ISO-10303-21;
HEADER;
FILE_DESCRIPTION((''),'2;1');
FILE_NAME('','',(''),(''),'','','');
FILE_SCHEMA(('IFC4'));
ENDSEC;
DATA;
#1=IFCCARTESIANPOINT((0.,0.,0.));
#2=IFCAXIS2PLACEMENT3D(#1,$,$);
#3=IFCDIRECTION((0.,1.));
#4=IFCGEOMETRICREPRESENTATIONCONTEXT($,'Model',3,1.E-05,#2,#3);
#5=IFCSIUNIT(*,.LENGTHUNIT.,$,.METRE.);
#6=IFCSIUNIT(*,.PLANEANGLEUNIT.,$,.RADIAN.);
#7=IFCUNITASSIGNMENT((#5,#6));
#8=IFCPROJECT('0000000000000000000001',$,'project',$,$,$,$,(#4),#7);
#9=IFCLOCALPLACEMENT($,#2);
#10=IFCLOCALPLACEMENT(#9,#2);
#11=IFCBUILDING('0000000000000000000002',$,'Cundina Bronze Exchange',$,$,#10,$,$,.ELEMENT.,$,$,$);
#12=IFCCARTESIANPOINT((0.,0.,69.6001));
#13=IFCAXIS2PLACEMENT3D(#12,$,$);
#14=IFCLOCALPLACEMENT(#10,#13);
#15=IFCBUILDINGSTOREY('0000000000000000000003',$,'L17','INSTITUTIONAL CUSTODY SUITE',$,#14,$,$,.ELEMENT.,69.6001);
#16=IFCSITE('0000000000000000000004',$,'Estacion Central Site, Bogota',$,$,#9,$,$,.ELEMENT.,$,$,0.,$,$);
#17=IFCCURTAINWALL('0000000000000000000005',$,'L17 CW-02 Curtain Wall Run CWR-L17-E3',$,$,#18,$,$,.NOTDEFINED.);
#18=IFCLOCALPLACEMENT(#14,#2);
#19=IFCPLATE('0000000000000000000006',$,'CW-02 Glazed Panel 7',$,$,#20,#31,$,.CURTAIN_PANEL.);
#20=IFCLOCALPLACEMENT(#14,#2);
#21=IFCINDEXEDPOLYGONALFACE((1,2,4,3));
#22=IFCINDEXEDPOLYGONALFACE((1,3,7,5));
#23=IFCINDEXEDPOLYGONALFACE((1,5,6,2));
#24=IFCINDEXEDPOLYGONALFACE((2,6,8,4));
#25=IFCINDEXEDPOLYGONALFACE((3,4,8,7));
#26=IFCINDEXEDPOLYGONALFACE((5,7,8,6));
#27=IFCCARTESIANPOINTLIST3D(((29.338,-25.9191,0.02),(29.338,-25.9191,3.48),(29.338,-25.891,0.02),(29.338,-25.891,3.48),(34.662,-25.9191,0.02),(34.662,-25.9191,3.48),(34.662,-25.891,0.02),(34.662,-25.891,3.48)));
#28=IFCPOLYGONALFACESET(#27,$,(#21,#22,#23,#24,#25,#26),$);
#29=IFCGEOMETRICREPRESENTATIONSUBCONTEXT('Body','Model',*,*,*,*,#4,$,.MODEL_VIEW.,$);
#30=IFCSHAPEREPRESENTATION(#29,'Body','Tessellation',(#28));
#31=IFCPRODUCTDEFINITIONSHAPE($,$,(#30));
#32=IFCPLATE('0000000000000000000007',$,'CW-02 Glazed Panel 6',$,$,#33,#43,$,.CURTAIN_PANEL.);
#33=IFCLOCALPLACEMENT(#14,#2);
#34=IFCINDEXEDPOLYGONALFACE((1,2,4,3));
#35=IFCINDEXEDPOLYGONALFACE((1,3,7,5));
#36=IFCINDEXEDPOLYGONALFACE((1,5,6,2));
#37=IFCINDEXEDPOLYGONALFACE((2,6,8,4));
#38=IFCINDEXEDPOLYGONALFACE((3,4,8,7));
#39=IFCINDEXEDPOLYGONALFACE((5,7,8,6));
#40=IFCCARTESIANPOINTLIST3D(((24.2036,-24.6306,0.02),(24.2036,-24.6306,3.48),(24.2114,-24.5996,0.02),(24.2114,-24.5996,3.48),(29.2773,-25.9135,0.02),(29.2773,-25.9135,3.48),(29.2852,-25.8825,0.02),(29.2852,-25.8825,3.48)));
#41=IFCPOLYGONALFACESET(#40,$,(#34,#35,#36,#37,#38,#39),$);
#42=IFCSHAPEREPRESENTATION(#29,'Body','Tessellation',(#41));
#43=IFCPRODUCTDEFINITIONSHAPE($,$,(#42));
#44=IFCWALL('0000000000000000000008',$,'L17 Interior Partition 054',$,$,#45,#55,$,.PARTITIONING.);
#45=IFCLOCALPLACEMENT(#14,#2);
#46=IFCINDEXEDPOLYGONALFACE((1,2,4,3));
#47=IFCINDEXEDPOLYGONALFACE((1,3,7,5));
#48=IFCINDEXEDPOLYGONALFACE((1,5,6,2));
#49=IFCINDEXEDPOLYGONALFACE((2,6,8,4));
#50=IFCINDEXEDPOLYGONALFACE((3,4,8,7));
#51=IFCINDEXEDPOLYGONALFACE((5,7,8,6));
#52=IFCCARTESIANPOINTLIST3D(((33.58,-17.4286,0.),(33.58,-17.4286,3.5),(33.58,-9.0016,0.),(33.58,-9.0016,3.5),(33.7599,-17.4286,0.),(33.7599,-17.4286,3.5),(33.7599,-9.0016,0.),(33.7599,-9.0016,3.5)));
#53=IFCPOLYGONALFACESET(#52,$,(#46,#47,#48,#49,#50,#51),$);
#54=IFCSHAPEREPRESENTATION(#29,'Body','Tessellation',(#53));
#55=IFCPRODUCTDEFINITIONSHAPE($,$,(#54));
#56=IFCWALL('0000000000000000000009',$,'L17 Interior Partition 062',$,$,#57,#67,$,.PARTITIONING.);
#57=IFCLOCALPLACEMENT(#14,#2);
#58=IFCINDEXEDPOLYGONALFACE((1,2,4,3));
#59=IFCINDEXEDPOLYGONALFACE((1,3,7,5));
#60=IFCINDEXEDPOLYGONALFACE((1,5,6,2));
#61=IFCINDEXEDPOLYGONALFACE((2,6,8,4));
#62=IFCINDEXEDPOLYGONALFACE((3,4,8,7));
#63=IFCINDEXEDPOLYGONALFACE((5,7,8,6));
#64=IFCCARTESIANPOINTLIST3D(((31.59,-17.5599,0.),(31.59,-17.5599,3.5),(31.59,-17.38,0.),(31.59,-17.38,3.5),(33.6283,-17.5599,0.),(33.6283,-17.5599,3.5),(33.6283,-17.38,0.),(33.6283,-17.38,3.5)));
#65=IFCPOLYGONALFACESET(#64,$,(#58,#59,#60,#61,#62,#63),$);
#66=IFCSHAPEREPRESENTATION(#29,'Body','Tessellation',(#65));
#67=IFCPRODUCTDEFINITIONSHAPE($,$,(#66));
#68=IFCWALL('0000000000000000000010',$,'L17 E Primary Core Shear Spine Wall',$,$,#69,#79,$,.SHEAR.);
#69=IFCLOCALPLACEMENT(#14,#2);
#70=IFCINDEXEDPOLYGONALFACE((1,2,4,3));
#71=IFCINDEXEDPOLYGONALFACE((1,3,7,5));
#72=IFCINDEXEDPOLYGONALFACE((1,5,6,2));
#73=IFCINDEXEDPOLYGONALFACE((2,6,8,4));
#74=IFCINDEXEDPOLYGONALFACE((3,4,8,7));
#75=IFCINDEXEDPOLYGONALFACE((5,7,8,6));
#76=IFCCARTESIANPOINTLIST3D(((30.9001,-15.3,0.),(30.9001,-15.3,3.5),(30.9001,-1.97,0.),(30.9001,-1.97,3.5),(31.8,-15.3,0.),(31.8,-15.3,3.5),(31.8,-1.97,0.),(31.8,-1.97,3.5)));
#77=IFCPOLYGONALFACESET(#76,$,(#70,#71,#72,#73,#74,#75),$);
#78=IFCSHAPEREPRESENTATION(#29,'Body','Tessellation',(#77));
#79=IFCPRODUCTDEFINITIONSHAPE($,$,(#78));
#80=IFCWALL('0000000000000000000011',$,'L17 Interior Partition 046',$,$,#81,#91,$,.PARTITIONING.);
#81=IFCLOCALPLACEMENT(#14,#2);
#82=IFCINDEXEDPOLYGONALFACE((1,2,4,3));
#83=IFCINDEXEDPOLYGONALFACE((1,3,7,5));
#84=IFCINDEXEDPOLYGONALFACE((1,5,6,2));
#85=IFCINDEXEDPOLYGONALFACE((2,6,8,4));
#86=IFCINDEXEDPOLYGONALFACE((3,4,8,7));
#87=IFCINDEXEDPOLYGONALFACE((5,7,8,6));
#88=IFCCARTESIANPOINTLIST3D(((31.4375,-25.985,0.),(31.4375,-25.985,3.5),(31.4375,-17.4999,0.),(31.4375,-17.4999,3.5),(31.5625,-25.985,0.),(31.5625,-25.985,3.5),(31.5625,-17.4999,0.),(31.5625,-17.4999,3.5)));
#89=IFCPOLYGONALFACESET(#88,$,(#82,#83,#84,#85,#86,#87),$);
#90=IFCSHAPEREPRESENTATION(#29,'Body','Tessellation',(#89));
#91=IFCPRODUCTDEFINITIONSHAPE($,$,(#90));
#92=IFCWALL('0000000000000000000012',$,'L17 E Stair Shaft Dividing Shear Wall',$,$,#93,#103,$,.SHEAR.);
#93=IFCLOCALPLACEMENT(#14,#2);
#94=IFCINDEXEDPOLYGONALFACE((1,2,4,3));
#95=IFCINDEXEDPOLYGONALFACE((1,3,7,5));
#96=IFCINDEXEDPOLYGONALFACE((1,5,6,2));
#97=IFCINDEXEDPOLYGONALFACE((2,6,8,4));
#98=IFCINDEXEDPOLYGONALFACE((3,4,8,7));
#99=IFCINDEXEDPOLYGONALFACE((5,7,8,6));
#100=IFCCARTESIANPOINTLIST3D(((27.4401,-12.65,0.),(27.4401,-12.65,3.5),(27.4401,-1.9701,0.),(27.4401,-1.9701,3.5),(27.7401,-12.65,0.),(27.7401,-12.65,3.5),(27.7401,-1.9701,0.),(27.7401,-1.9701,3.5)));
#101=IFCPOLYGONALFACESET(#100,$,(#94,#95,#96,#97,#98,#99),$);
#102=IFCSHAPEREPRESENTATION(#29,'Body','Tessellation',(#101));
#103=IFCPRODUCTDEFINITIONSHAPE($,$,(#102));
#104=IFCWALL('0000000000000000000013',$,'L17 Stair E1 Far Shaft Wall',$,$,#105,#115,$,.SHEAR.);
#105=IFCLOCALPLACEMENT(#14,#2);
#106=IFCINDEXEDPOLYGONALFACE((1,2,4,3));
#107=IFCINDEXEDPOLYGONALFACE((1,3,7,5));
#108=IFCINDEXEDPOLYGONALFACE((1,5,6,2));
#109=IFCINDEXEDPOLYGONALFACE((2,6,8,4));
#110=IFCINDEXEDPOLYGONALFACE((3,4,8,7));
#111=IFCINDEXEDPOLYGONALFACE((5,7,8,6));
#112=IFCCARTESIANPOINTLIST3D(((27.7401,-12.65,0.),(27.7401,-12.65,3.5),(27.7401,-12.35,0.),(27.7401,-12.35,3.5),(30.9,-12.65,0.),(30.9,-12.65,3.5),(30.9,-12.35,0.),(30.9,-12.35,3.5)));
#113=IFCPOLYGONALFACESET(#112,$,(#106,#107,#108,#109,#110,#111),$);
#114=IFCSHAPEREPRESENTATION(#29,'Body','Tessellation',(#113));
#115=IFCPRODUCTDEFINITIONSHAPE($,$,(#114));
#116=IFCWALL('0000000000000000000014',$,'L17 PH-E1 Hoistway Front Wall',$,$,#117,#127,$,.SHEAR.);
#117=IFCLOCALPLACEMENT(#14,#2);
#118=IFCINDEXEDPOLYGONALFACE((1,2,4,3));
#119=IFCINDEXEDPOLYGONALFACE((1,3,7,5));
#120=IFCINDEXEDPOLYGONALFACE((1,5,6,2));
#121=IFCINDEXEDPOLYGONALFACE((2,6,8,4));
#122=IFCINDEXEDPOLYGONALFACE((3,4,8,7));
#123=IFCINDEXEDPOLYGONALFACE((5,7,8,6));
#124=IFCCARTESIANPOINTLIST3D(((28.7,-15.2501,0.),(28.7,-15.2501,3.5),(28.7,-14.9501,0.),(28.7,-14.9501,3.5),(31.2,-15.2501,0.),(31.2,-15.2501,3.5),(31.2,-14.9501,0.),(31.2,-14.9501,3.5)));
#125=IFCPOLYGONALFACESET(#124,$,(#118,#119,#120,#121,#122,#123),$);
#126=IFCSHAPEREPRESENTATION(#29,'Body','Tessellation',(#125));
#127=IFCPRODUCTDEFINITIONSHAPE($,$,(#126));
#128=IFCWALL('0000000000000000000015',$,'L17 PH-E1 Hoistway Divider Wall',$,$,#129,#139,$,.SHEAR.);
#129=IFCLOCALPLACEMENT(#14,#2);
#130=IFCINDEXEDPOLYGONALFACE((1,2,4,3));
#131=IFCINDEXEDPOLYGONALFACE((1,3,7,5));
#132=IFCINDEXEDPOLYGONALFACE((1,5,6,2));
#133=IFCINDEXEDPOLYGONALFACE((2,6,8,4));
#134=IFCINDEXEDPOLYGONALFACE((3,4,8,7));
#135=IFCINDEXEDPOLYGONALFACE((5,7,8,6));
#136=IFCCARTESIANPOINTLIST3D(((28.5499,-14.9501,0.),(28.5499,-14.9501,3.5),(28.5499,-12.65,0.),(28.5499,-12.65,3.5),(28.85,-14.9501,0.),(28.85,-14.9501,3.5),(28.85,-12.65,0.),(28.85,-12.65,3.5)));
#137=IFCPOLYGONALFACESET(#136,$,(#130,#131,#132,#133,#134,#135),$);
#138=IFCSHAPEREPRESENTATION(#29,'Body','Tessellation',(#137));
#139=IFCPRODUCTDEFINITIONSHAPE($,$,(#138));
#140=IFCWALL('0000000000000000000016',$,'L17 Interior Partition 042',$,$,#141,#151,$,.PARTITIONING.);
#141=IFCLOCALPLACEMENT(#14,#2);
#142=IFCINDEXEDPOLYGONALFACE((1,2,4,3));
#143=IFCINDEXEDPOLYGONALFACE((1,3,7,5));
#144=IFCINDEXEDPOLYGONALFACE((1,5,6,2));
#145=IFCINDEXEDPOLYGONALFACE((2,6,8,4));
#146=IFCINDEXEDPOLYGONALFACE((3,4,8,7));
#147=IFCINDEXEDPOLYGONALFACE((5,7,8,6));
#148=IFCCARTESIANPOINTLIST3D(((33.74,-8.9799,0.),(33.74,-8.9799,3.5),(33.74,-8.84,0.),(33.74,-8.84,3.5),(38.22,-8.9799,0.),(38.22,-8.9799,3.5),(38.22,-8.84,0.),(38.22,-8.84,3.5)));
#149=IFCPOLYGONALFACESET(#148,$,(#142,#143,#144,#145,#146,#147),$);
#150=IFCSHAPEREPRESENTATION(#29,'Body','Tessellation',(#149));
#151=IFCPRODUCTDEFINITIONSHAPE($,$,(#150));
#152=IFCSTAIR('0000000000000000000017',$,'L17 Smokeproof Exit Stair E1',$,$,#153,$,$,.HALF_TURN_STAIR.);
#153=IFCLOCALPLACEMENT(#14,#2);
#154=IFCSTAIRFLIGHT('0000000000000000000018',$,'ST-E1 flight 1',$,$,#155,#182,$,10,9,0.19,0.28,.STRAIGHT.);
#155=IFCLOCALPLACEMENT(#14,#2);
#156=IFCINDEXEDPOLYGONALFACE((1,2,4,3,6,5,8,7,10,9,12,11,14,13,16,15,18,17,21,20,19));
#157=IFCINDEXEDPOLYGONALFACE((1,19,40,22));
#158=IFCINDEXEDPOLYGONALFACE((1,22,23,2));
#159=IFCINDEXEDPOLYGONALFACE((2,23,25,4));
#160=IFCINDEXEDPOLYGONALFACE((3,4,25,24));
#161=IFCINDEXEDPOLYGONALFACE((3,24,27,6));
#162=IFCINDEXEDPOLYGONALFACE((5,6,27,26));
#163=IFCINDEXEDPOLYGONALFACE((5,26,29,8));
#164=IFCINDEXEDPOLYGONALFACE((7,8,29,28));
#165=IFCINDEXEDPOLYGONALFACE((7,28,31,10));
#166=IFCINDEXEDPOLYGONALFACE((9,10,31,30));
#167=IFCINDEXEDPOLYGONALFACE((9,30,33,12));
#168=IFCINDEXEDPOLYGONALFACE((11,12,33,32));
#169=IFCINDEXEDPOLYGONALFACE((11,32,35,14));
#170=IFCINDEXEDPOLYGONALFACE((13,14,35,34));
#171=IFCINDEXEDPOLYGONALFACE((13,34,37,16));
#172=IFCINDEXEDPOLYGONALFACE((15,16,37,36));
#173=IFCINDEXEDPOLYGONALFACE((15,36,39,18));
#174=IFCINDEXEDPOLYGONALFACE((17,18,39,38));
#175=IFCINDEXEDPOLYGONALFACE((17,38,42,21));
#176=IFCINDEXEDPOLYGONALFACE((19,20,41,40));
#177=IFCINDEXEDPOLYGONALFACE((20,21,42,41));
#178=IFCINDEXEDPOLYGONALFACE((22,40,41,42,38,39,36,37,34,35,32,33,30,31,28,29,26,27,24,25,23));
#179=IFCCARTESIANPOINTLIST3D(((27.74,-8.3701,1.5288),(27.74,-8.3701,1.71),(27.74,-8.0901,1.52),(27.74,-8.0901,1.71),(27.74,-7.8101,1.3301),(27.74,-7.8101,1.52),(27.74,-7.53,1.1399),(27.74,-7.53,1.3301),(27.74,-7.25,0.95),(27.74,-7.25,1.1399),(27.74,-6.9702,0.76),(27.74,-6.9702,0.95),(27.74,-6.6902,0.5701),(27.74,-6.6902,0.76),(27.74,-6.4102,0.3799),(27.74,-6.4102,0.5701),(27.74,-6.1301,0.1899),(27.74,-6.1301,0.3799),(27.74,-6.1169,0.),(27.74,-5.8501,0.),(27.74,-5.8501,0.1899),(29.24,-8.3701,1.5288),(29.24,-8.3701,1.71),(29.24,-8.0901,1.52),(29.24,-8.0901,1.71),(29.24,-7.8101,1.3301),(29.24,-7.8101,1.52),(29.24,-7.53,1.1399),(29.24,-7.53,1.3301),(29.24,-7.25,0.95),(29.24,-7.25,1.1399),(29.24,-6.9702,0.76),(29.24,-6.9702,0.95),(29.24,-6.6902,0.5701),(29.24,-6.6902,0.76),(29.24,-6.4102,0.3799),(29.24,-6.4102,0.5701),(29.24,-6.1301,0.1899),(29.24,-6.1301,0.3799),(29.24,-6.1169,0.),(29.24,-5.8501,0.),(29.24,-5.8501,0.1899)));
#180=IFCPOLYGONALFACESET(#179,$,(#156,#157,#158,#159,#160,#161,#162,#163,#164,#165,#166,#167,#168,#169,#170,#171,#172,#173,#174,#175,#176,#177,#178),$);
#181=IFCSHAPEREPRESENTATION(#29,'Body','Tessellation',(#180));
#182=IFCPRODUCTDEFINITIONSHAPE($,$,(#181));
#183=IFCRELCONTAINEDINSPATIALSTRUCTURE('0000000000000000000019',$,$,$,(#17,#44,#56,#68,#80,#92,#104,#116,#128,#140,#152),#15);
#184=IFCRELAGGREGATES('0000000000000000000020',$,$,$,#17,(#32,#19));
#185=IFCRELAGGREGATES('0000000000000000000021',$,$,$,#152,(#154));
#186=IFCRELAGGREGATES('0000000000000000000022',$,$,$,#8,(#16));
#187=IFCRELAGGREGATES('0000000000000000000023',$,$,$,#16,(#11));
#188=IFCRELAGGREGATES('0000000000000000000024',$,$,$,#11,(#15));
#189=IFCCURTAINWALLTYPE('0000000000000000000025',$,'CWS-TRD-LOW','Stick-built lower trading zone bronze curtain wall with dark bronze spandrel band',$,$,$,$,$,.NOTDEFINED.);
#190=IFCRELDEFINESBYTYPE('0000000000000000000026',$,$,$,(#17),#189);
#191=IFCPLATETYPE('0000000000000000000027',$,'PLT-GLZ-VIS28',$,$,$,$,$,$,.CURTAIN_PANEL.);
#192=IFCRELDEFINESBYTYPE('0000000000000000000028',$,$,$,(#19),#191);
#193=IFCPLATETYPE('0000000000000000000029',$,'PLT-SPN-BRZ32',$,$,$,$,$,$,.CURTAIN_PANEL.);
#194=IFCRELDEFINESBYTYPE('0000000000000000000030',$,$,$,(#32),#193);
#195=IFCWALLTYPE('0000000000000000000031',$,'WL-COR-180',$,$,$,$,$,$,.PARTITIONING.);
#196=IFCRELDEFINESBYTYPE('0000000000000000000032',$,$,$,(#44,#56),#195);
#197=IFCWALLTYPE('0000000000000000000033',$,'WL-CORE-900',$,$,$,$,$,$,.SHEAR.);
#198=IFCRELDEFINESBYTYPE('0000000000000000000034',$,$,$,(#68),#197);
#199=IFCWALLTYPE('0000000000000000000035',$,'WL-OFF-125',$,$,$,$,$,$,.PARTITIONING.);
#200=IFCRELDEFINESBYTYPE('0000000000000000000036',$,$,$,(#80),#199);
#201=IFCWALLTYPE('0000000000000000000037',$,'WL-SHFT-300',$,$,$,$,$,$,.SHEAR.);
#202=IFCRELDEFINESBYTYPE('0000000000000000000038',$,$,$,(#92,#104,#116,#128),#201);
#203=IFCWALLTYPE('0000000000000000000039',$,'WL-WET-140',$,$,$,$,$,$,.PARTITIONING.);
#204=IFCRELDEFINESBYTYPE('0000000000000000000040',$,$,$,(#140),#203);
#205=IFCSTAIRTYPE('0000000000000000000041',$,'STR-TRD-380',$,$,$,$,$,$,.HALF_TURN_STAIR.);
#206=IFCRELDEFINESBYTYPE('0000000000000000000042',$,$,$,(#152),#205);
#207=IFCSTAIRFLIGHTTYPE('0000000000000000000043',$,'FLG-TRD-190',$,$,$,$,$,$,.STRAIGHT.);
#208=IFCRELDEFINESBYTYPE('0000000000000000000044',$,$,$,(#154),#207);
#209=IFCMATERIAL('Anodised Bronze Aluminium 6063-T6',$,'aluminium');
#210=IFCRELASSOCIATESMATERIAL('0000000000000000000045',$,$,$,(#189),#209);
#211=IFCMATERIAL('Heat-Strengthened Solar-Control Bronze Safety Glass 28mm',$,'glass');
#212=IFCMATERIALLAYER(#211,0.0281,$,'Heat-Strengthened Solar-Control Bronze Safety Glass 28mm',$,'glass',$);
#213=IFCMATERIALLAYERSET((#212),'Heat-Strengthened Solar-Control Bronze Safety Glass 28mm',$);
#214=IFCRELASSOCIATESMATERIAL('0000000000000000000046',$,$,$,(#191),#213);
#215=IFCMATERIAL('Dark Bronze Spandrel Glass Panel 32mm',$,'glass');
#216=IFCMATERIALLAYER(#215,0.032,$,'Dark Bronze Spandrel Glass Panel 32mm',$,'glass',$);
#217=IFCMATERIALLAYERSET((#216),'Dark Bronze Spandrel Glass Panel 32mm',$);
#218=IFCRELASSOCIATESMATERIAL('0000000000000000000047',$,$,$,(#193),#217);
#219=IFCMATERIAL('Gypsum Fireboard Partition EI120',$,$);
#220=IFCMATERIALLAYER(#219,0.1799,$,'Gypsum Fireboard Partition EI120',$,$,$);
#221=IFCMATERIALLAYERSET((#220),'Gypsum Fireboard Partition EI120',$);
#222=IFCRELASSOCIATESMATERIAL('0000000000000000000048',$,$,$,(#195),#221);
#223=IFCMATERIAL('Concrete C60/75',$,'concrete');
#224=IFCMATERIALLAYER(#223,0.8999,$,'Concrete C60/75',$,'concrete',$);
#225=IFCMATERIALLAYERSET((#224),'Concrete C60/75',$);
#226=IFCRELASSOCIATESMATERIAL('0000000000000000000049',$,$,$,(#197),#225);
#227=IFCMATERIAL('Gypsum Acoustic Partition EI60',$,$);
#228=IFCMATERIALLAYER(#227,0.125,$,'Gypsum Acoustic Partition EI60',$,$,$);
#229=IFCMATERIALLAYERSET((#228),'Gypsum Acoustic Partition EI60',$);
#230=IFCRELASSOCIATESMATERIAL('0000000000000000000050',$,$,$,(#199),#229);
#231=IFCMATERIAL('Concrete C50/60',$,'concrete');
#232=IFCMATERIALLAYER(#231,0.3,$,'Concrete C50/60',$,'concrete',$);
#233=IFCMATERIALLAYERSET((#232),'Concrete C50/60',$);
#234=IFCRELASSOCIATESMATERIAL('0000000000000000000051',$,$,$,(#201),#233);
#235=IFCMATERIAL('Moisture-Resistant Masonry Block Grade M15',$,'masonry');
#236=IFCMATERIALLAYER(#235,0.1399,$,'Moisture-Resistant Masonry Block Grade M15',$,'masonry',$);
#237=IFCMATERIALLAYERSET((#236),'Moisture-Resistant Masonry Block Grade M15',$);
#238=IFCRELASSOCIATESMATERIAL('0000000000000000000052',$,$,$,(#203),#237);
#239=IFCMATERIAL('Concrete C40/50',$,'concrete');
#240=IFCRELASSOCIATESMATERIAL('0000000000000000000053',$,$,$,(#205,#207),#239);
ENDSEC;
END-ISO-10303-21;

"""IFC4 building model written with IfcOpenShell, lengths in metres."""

from ifc_helpers import new_model, si_unit, direction, frame, frame_2d, origin, origin_2d, place, context, subcontext, project, spatial, polyline, rectangle, outline, extrude, material, layer, layer_set, type_object, element, aggregate, save


model = new_model("IFC4")

# Units and contexts
model_context = context("Model", 3, precision=1e-05, world=origin(), true_north=direction((0.0, 1.0)))
body_context = subcontext(model_context, "Body", "Model", "MODEL_VIEW")
ifc_project = project(units=[si_unit("LENGTHUNIT", "METRE"), si_unit("PLANEANGLEUNIT", "RADIAN")], contexts=[model_context])

# Site, building, storey
site_placement = place(None, origin())
site = spatial("IfcSite", under=ifc_project, at=site_placement, Name="Estacion Central Site, Bogota", CompositionType="ELEMENT", RefElevation=0.0)
building_placement = place(site_placement, origin())
building = spatial("IfcBuilding", under=site, at=building_placement, Name="Cundina Bronze Exchange", CompositionType="ELEMENT")
storey_placement = place(building_placement, frame((0.0, 0.0, 69.6001)))
storey = spatial("IfcBuildingStorey", under=building, at=storey_placement, Name="L17", Description="INSTITUTIONAL CUSTODY SUITE", CompositionType="ELEMENT", Elevation=69.6001)

# Shared definitions
ifc_material_1 = material(Name="Concrete C60/75", Category="concrete")

# Curtain wall, plates
ifc_material_2 = material(Name="Anodised Bronze Aluminium 6063-T6", Category="aluminium")
curtain_wall_type = type_object("IfcCurtainWallType", Name="CWS-TRD-LOW", Description="Stick-built lower trading zone bronze curtain wall with dark bronze spandrel band", PredefinedType="NOTDEFINED", material=ifc_material_2)
curtain_wall_placement = place(storey_placement, origin())
curtain_wall = element("IfcCurtainWall", 1, at=curtain_wall_placement, inside=storey, type_object=curtain_wall_type, Name="L17 CW-02 Curtain Wall Run CWR-L17-E3", PredefinedType="NOTDEFINED")
ifc_material_3 = material(Name="Heat-Strengthened Solar-Control Bronze Safety Glass 28mm", Category="glass")
ifc_layer_1 = layer(ifc_material_3, 0.0281, Name="Heat-Strengthened Solar-Control Bronze Safety Glass 28mm", Category="glass")
ifc_layer_set_1 = layer_set([ifc_layer_1], Name="Heat-Strengthened Solar-Control Bronze Safety Glass 28mm")
plate_type_1 = type_object("IfcPlateType", Name="PLT-GLZ-VIS28", PredefinedType="CURTAIN_PANEL", material=ifc_layer_set_1)
plate_1_placement = place(storey_placement, frame((32.0, -25.905, 0.02), z_axis=(0.0, 0.0, 1.0), x_axis=(1.0, 0.0, 0.0)))
plate_1 = element("IfcPlate", 2, at=plate_1_placement, type_object=plate_type_1, Name="CW-02 Glazed Panel 7", PredefinedType="CURTAIN_PANEL", context=body_context, shape_type="SweptSolid", body=[
    extrude(rectangle(XDim=5.324, YDim=0.0281, at=origin_2d()), origin(), (0.0, 0.0, 1.0), 3.46),
])
ifc_material_4 = material(Name="Dark Bronze Spandrel Glass Panel 32mm", Category="glass")
ifc_layer_2 = layer(ifc_material_4, 0.032, Name="Dark Bronze Spandrel Glass Panel 32mm", Category="glass")
ifc_layer_set_2 = layer_set([ifc_layer_2], Name="Dark Bronze Spandrel Glass Panel 32mm")
plate_type_2 = type_object("IfcPlateType", Name="PLT-SPN-BRZ32", PredefinedType="CURTAIN_PANEL", material=ifc_layer_set_2)
plate_2_placement = place(storey_placement, frame((26.7444, -25.2566, 0.02), z_axis=(0.0, 0.0, 1.0), x_axis=(0.969488, -0.245138, 0.0)))
plate_2 = element("IfcPlate", 3, at=plate_2_placement, type_object=plate_type_2, Name="CW-02 Glazed Panel 6", PredefinedType="CURTAIN_PANEL", context=body_context, shape_type="SweptSolid", body=[
    extrude(rectangle(XDim=5.2334, YDim=0.032, at=origin_2d()), origin(), (0.0, 0.0, 1.0), 3.46),
])
aggregate(curtain_wall, [plate_2, plate_1])

# Shared definitions
ifc_material_5 = material(Name="Gypsum Fireboard Partition EI120")
ifc_layer_3 = layer(ifc_material_5, 0.1799, Name="Gypsum Fireboard Partition EI120")
ifc_layer_set_3 = layer_set([ifc_layer_3], Name="Gypsum Fireboard Partition EI120")
wall_type_1 = type_object("IfcWallType", Name="WL-COR-180", PredefinedType="PARTITIONING", material=ifc_layer_set_3)

# Walls
wall_1_placement = place(storey_placement, frame((33.6699, -17.4285, 0.0), z_axis=(0.0, 0.0, 1.0), x_axis=(0.0, 1.0, 0.0)))
element("IfcWall", 4, at=wall_1_placement, inside=storey, type_object=wall_type_1, Name="L17 Interior Partition 054", PredefinedType="PARTITIONING", context=body_context, shape_type="SweptSolid", body=[
    extrude(rectangle(XDim=8.427, YDim=0.1799, at=frame_2d((4.2134, 0.0))), origin(), (0.0, 0.0, 1.0), 3.5),
])
wall_2_placement = place(storey_placement, frame((31.5901, -17.47, 0.0), z_axis=(0.0, 0.0, 1.0), x_axis=(1.0, 0.0, 0.0)))
element("IfcWall", 5, at=wall_2_placement, inside=storey, type_object=wall_type_1, Name="L17 Interior Partition 062", PredefinedType="PARTITIONING", context=body_context, shape_type="SweptSolid", body=[
    extrude(rectangle(XDim=2.0383, YDim=0.1799, at=frame_2d((1.019, 0.0))), origin(), (0.0, 0.0, 1.0), 3.5),
])
ifc_layer_4 = layer(ifc_material_1, 0.8999, Name="Concrete C60/75", Category="concrete")
ifc_layer_set_4 = layer_set([ifc_layer_4], Name="Concrete C60/75")
wall_type_2 = type_object("IfcWallType", Name="WL-CORE-900", PredefinedType="SHEAR", material=ifc_layer_set_4)
wall_3_placement = place(storey_placement, frame((31.3501, -15.3, 0.0), z_axis=(0.0, 0.0, 1.0), x_axis=(0.0, 1.0, 0.0)))
element("IfcWall", 6, at=wall_3_placement, inside=storey, type_object=wall_type_2, Name="L17 E Primary Core Shear Spine Wall", PredefinedType="SHEAR", context=body_context, shape_type="SweptSolid", body=[
    extrude(rectangle(XDim=13.3301, YDim=0.8999, at=frame_2d((6.665, 0.0))), origin(), (0.0, 0.0, 1.0), 3.5),
])
ifc_material_6 = material(Name="Gypsum Acoustic Partition EI60")
ifc_layer_5 = layer(ifc_material_6, 0.125, Name="Gypsum Acoustic Partition EI60")
ifc_layer_set_5 = layer_set([ifc_layer_5], Name="Gypsum Acoustic Partition EI60")
wall_type_3 = type_object("IfcWallType", Name="WL-OFF-125", PredefinedType="PARTITIONING", material=ifc_layer_set_5)
wall_4_placement = place(storey_placement, frame((31.5, -25.9851, 0.0), z_axis=(0.0, 0.0, 1.0), x_axis=(0.0, 1.0, 0.0)))
element("IfcWall", 7, at=wall_4_placement, inside=storey, type_object=wall_type_3, Name="L17 Interior Partition 046", PredefinedType="PARTITIONING", context=body_context, shape_type="SweptSolid", body=[
    extrude(rectangle(XDim=8.4851, YDim=0.125, at=frame_2d((4.2427, 0.0))), origin(), (0.0, 0.0, 1.0), 3.5),
])
ifc_material_7 = material(Name="Concrete C50/60", Category="concrete")
ifc_layer_6 = layer(ifc_material_7, 0.3, Name="Concrete C50/60", Category="concrete")
ifc_layer_set_6 = layer_set([ifc_layer_6], Name="Concrete C50/60")
wall_type_4 = type_object("IfcWallType", Name="WL-SHFT-300", PredefinedType="SHEAR", material=ifc_layer_set_6)
wall_5_placement = place(storey_placement, frame((27.5901, -12.6499, 0.0), z_axis=(0.0, 0.0, 1.0), x_axis=(0.0, 1.0, 0.0)))
element("IfcWall", 8, at=wall_5_placement, inside=storey, type_object=wall_type_4, Name="L17 E Stair Shaft Dividing Shear Wall", PredefinedType="SHEAR", context=body_context, shape_type="SweptSolid", body=[
    extrude(rectangle(XDim=10.6799, YDim=0.3, at=frame_2d((5.3398, 0.0))), origin(), (0.0, 0.0, 1.0), 3.5),
])
wall_6_placement = place(storey_placement, frame((27.74, -12.5, 0.0), z_axis=(0.0, 0.0, 1.0), x_axis=(1.0, 0.0, 0.0)))
element("IfcWall", 9, at=wall_6_placement, inside=storey, type_object=wall_type_4, Name="L17 Stair E1 Far Shaft Wall", PredefinedType="SHEAR", context=body_context, shape_type="SweptSolid", body=[
    extrude(rectangle(XDim=3.1599, YDim=0.3, at=frame_2d((1.5801, 0.0))), origin(), (0.0, 0.0, 1.0), 3.5),
])
wall_7_placement = place(storey_placement, frame((28.7, -15.1001, 0.0), z_axis=(0.0, 0.0, 1.0), x_axis=(1.0, 0.0, 0.0)))
element("IfcWall", 10, at=wall_7_placement, inside=storey, type_object=wall_type_4, Name="L17 PH-E1 Hoistway Front Wall", PredefinedType="SHEAR", context=body_context, shape_type="SweptSolid", body=[
    extrude(rectangle(XDim=2.5, YDim=0.3, at=frame_2d((1.25, 0.0))), origin(), (0.0, 0.0, 1.0), 3.5),
])
wall_8_placement = place(storey_placement, frame((28.7, -14.95, 0.0), z_axis=(0.0, 0.0, 1.0), x_axis=(0.0, 1.0, 0.0)))
element("IfcWall", 11, at=wall_8_placement, inside=storey, type_object=wall_type_4, Name="L17 PH-E1 Hoistway Divider Wall", PredefinedType="SHEAR", context=body_context, shape_type="SweptSolid", body=[
    extrude(rectangle(XDim=2.3, YDim=0.3, at=frame_2d((1.1499, 0.0))), origin(), (0.0, 0.0, 1.0), 3.5),
])
ifc_material_8 = material(Name="Moisture-Resistant Masonry Block Grade M15", Category="masonry")
ifc_layer_7 = layer(ifc_material_8, 0.1399, Name="Moisture-Resistant Masonry Block Grade M15", Category="masonry")
ifc_layer_set_7 = layer_set([ifc_layer_7], Name="Moisture-Resistant Masonry Block Grade M15")
wall_type_5 = type_object("IfcWallType", Name="WL-WET-140", PredefinedType="PARTITIONING", material=ifc_layer_set_7)
wall_9_placement = place(storey_placement, frame((33.74, -8.9099, 0.0), z_axis=(0.0, 0.0, 1.0), x_axis=(1.0, 0.0, 0.0)))
element("IfcWall", 12, at=wall_9_placement, inside=storey, type_object=wall_type_5, Name="L17 Interior Partition 042", PredefinedType="PARTITIONING", context=body_context, shape_type="SweptSolid", body=[
    extrude(rectangle(XDim=4.48, YDim=0.1399, at=frame_2d((2.24, 0.0))), origin(), (0.0, 0.0, 1.0), 3.5),
])

# Stair, stair flight
ifc_material_9 = material(Name="Concrete C40/50", Category="concrete")
stair_type = type_object("IfcStairType", Name="STR-TRD-380", PredefinedType="HALF_TURN_STAIR", material=ifc_material_9)
stair_1_placement = place(storey_placement, origin())
stair_1 = element("IfcStair", 13, at=stair_1_placement, inside=storey, type_object=stair_type, Name="L17 Smokeproof Exit Stair E1", PredefinedType="HALF_TURN_STAIR")
stair_flight_type = type_object("IfcStairFlightType", Name="FLG-TRD-190", PredefinedType="STRAIGHT", material=ifc_material_9)
stair_flight_1_placement = place(storey_placement, frame((28.49, -5.8501, 0.0), z_axis=(0.0, 0.0, 1.0), x_axis=(0.0, -1.0, 0.0)))
stair_flight_1 = element("IfcStairFlight", 14, at=stair_flight_1_placement, type_object=stair_flight_type, Name="ST-E1 flight 1", NumberOfRisers=10, NumberOfTreads=9, PredefinedType="STRAIGHT", RiserHeight=0.19, TreadLength=0.28, context=body_context, shape_type="SweptSolid", body=[
    extrude(outline(polyline([(0.0, 0.0), (0.0, 0.1899), (0.28, 0.1899), (0.28, 0.3799), (0.5601, 0.3799), (0.5601, 0.5701), (0.8401, 0.5701), (0.8401, 0.76), (1.1201, 0.76), (1.1201, 0.95), (1.3999, 0.95), (1.3999, 1.1399), (1.6799, 1.1399), (1.6799, 1.3301), (1.96, 1.3301), (1.96, 1.52), (2.24, 1.52), (2.24, 1.71), (2.52, 1.71), (2.52, 1.8999), (2.52, 1.5288), (0.2668, 0.0), (0.0, 0.0)])), frame((0.0, 0.75, 0.0), z_axis=(0.0, -1.0, 0.0), x_axis=(1.0, 0.0, 0.0)), (0.0, 0.0, 1.0), 1.5),
])
aggregate(stair_1, [stair_flight_1])

save(model, "model.ifc")
